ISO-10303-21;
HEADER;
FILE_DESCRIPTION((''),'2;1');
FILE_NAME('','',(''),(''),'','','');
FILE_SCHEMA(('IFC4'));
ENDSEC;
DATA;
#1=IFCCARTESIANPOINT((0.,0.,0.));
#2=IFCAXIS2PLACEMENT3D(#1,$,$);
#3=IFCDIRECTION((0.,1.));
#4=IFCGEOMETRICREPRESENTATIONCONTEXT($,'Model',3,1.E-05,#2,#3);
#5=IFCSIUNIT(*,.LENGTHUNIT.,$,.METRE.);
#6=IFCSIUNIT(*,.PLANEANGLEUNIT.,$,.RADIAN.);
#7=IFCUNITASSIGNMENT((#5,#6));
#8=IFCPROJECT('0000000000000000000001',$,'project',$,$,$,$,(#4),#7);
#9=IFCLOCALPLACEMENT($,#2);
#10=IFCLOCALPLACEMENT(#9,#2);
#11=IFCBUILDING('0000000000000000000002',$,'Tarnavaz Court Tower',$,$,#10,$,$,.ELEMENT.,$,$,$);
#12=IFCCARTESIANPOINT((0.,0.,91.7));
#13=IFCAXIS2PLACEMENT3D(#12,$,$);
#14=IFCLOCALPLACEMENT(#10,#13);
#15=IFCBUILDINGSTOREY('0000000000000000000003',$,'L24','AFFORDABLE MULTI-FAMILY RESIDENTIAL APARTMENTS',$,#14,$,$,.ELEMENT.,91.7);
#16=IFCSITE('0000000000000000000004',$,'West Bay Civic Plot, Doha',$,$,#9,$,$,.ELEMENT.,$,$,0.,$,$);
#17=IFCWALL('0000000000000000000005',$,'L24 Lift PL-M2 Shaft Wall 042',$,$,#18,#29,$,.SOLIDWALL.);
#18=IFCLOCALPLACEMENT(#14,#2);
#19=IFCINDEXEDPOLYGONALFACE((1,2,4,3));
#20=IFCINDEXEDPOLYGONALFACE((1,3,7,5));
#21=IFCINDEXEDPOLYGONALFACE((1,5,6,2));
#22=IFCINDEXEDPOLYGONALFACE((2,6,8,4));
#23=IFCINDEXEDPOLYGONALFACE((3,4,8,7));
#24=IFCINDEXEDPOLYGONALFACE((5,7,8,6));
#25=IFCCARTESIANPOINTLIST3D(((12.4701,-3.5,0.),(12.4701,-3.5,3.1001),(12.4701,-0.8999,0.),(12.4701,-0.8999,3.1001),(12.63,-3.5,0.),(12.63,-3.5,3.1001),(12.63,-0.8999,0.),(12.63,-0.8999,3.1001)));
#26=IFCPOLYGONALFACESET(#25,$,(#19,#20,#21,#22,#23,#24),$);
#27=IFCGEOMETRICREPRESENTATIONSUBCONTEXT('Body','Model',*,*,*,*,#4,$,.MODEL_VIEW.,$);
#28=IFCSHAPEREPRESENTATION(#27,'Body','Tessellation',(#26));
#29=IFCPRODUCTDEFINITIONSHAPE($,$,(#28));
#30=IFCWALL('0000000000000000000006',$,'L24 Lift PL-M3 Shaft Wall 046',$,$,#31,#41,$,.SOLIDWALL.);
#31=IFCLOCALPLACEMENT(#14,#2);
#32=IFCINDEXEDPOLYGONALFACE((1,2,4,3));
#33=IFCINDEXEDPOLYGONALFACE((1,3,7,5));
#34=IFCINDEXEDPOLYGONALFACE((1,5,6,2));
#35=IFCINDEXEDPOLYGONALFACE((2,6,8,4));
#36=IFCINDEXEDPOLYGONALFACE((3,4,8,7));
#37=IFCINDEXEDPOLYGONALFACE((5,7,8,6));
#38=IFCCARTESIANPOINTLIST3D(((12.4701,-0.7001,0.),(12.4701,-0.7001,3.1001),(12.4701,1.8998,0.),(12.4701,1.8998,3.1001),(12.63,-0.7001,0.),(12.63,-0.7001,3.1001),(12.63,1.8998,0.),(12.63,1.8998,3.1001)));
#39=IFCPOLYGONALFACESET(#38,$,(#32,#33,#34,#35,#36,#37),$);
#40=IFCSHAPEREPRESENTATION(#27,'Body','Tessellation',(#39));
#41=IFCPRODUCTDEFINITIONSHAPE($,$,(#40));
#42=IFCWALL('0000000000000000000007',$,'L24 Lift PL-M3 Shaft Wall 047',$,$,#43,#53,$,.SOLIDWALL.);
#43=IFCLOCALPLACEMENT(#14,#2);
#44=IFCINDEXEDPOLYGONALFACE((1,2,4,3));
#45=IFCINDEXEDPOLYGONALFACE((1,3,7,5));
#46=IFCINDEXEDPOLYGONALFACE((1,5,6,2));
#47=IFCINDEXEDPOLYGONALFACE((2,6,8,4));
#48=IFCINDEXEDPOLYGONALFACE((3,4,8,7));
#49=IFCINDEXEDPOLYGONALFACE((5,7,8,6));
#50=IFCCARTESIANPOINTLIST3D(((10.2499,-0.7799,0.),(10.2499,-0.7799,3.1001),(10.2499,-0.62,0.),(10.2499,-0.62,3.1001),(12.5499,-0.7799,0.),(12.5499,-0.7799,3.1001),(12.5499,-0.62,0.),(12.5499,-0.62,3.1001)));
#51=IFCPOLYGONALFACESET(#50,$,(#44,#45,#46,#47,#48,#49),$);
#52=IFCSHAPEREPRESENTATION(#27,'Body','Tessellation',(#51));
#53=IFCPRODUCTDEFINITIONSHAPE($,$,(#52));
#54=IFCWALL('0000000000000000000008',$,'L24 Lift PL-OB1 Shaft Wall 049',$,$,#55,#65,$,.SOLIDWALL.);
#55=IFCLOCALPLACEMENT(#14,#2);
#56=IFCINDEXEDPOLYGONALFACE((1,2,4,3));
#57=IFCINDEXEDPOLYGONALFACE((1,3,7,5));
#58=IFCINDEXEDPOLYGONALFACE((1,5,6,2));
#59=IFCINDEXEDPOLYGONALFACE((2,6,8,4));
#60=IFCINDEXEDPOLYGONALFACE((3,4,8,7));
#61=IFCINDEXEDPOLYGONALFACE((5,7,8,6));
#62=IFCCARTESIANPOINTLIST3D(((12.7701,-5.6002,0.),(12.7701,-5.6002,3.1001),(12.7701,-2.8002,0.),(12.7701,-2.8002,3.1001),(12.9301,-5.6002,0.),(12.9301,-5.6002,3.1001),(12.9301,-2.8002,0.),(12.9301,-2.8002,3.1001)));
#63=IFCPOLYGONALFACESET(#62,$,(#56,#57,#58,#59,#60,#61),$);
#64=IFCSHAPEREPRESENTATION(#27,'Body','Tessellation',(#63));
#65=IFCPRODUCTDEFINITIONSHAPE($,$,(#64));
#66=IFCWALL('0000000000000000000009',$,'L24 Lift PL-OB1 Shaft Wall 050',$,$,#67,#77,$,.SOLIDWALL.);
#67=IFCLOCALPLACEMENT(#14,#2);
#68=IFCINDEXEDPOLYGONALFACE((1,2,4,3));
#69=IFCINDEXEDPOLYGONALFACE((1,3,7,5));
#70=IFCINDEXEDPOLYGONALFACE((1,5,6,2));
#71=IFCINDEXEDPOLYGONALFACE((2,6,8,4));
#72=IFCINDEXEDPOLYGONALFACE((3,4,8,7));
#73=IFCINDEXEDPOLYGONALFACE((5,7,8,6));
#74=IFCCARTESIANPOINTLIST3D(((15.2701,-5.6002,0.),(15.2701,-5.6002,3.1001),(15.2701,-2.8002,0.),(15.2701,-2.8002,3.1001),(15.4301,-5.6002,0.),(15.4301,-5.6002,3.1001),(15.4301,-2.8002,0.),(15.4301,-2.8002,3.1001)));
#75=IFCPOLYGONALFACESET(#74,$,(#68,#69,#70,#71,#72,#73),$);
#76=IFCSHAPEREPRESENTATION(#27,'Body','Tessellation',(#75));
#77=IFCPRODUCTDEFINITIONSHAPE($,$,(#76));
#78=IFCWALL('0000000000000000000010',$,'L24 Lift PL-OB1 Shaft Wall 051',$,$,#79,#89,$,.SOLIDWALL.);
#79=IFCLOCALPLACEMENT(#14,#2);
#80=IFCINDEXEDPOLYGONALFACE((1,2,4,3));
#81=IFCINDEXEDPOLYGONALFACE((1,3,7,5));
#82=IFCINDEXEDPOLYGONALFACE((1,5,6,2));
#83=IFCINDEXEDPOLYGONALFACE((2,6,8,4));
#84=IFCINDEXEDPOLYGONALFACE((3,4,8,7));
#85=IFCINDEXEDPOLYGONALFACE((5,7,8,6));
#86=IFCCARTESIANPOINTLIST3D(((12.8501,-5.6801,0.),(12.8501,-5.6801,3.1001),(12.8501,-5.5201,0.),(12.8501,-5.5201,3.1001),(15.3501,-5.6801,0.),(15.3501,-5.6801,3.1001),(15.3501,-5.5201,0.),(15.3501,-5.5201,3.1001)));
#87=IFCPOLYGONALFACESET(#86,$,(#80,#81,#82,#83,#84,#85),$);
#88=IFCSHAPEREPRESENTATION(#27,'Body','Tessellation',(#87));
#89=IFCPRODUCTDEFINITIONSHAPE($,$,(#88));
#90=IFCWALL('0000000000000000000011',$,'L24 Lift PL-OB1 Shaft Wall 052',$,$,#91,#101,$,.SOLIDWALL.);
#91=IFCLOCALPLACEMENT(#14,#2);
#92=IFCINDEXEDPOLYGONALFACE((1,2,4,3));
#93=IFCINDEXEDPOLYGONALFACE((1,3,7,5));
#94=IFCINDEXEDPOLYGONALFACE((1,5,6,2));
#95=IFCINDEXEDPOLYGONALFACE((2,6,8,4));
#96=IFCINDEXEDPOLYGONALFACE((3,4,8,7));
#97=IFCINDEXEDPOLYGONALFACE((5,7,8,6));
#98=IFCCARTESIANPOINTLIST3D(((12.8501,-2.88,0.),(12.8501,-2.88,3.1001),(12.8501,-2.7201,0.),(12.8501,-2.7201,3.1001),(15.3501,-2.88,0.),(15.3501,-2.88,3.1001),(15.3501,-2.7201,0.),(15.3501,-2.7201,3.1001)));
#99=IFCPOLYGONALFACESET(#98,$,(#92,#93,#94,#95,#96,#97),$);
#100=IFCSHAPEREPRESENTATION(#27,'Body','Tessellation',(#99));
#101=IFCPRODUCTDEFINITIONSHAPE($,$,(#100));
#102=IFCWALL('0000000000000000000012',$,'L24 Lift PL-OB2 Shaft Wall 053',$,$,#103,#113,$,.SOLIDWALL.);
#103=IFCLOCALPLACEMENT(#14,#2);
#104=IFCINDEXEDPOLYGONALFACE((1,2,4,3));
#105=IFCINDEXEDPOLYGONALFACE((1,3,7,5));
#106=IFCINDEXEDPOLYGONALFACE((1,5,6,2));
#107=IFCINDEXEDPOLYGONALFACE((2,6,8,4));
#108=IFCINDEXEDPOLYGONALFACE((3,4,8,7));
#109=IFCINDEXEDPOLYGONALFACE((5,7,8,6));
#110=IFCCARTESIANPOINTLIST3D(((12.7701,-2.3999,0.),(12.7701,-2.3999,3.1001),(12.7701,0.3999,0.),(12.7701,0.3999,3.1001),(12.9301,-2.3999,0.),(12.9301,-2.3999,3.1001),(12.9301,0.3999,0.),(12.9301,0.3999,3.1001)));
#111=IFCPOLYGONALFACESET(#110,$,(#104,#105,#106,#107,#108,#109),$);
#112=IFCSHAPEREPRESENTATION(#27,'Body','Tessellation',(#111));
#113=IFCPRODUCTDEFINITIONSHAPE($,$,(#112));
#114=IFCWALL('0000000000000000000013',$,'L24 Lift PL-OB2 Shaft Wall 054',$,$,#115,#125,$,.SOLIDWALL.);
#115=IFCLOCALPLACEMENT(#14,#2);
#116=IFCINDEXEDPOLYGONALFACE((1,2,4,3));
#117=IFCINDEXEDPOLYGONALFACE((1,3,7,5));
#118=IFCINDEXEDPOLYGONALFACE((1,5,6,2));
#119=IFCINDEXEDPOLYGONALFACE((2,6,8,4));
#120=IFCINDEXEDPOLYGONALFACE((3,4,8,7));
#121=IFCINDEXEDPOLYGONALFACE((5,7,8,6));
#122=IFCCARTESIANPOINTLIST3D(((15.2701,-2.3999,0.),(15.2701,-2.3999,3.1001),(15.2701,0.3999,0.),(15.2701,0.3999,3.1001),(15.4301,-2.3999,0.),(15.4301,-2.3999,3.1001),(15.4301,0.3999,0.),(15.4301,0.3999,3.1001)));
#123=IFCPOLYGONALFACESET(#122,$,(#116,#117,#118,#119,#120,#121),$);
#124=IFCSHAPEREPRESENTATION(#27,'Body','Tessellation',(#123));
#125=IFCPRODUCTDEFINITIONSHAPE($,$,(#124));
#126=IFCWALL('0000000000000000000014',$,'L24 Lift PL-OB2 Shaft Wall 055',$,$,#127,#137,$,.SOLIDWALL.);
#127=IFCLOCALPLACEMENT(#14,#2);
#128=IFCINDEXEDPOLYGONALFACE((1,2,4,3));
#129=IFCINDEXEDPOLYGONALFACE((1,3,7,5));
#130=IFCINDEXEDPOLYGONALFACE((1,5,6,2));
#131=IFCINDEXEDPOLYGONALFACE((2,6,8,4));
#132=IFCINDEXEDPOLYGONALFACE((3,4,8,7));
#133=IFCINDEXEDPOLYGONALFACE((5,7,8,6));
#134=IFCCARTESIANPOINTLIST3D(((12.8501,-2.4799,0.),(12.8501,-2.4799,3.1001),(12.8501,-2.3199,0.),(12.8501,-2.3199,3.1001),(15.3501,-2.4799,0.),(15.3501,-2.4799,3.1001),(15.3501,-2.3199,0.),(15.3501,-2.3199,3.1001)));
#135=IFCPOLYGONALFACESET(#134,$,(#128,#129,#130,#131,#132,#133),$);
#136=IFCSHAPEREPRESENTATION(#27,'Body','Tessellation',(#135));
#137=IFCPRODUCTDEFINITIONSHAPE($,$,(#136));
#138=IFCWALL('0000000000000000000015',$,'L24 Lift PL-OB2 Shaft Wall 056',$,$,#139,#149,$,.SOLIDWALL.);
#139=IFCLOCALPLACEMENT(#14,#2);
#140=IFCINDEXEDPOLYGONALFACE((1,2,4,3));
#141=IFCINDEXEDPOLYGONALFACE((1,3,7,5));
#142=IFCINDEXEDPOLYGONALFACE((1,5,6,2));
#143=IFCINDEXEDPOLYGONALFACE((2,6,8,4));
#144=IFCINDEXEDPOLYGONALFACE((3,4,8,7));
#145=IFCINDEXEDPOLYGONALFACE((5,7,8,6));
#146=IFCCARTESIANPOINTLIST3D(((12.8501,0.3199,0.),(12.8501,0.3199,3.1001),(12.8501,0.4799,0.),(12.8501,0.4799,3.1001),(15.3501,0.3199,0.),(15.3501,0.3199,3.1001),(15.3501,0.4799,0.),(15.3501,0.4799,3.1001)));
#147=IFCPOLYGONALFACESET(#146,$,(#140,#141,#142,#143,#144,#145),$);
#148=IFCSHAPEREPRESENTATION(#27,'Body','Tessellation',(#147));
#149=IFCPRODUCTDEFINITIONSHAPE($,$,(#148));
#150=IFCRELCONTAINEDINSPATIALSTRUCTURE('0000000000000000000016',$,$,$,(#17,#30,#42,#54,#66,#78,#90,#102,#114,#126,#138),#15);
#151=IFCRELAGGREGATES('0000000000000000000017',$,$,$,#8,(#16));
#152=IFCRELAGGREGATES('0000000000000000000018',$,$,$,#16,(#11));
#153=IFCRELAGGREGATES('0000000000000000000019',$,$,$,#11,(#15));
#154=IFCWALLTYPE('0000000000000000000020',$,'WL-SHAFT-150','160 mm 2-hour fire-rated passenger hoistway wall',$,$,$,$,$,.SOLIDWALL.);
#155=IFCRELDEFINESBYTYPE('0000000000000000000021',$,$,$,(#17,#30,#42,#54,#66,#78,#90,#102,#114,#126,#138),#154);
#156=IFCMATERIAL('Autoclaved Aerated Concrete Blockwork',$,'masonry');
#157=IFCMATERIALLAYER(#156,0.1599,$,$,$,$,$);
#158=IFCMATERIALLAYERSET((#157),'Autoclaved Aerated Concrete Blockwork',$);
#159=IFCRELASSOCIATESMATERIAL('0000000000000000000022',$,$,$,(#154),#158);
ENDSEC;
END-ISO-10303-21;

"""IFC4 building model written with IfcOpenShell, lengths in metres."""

from ifc_helpers import new_model, si_unit, direction, frame, frame_2d, origin, place, context, subcontext, project, spatial, rectangle, extrude, material, layer, layer_set, type_object, element, save


model = new_model("IFC4")

# Units and contexts
model_context = context("Model", 3, precision=1e-05, world=origin(), true_north=direction((0.0, 1.0)))
body_context = subcontext(model_context, "Body", "Model", "MODEL_VIEW")
ifc_project = project(units=[si_unit("LENGTHUNIT", "METRE"), si_unit("PLANEANGLEUNIT", "RADIAN")], contexts=[model_context])

# Site, building, storey
site_placement = place(None, origin())
site = spatial("IfcSite", under=ifc_project, at=site_placement, Name="West Bay Civic Plot, Doha", CompositionType="ELEMENT", RefElevation=0.0)
building_placement = place(site_placement, origin())
building = spatial("IfcBuilding", under=site, at=building_placement, Name="Tarnavaz Court Tower", CompositionType="ELEMENT")
storey_placement = place(building_placement, frame((0.0, 0.0, 91.7)))
storey = spatial("IfcBuildingStorey", under=building, at=storey_placement, Name="L24", Description="AFFORDABLE MULTI-FAMILY RESIDENTIAL APARTMENTS", CompositionType="ELEMENT", Elevation=91.7)

# Walls
ifc_material_1 = material(Name="Autoclaved Aerated Concrete Blockwork", Category="masonry")
ifc_layer_1 = layer(ifc_material_1, 0.1599)
ifc_layer_set_1 = layer_set([ifc_layer_1], Name="Autoclaved Aerated Concrete Blockwork")
wall_type_1 = type_object("IfcWallType", Name="WL-SHAFT-150", Description="160 mm 2-hour fire-rated passenger hoistway wall", PredefinedType="SOLIDWALL", material=ifc_layer_set_1)
for number, where, z_axis, x_axis, name in (
    (1, (12.55, -3.5, 0.0), (0.0, 0.0, 1.0), (0.0, 1.0, 0.0), "L24 Lift PL-M2 Shaft Wall 042"),
):
    element("IfcWall", number, at=place(storey_placement, frame(where, z_axis=z_axis, x_axis=x_axis)), inside=storey, type_object=wall_type_1, Name=name, PredefinedType="SOLIDWALL", context=body_context, shape_type="SweptSolid", body=[
        extrude(rectangle(XDim=2.6001, YDim=0.1599, at=frame_2d((1.3, 0.0))), origin(), (0.0, 0.0, 1.0), 3.1001),
    ])
wall_1_placement = place(storey_placement, frame((12.55, -0.7, 0.0), z_axis=(0.0, 0.0, 1.0), x_axis=(0.0, 1.0, 0.0)))
element("IfcWall", 2, at=wall_1_placement, inside=storey, type_object=wall_type_1, Name="L24 Lift PL-M3 Shaft Wall 046", PredefinedType="SOLIDWALL", context=body_context, shape_type="SweptSolid", body=[
    extrude(rectangle(XDim=2.5999, YDim=0.1599, at=frame_2d((1.2998, 0.0))), origin(), (0.0, 0.0, 1.0), 3.1001),
])
wall_2_placement = place(storey_placement, frame((10.25, -0.7, 0.0), z_axis=(0.0, 0.0, 1.0), x_axis=(1.0, 0.0, 0.0)))
element("IfcWall", 3, at=wall_2_placement, inside=storey, type_object=wall_type_1, Name="L24 Lift PL-M3 Shaft Wall 047", PredefinedType="SOLIDWALL", context=body_context, shape_type="SweptSolid", body=[
    extrude(rectangle(XDim=2.3, YDim=0.1599, at=frame_2d((1.1499, 0.0))), origin(), (0.0, 0.0, 1.0), 3.1001),
])
for number, where, z_axis, x_axis, name in (
    (4, (12.8501, -5.6001, 0.0), (0.0, 0.0, 1.0), (0.0, 1.0, 0.0), "L24 Lift PL-OB1 Shaft Wall 049"),
    (5, (15.3501, -5.6001, 0.0), (0.0, 0.0, 1.0), (0.0, 1.0, 0.0), "L24 Lift PL-OB1 Shaft Wall 050"),
):
    element("IfcWall", number, at=place(storey_placement, frame(where, z_axis=z_axis, x_axis=x_axis)), inside=storey, type_object=wall_type_1, Name=name, PredefinedType="SOLIDWALL", context=body_context, shape_type="SweptSolid", body=[
        extrude(rectangle(XDim=2.8, YDim=0.1599, at=frame_2d((1.3999, 0.0))), origin(), (0.0, 0.0, 1.0), 3.1001),
    ])
for number, where, z_axis, x_axis, name in (
    (6, (12.8501, -5.6001, 0.0), (0.0, 0.0, 1.0), (1.0, 0.0, 0.0), "L24 Lift PL-OB1 Shaft Wall 051"),
    (7, (12.8501, -2.8, 0.0), (0.0, 0.0, 1.0), (1.0, 0.0, 0.0), "L24 Lift PL-OB1 Shaft Wall 052"),
):
    element("IfcWall", number, at=place(storey_placement, frame(where, z_axis=z_axis, x_axis=x_axis)), inside=storey, type_object=wall_type_1, Name=name, PredefinedType="SOLIDWALL", context=body_context, shape_type="SweptSolid", body=[
        extrude(rectangle(XDim=2.5, YDim=0.1599, at=frame_2d((1.25, 0.0))), origin(), (0.0, 0.0, 1.0), 3.1001),
    ])
for number, where, z_axis, x_axis, name in (
    (8, (12.8501, -2.3999, 0.0), (0.0, 0.0, 1.0), (0.0, 1.0, 0.0), "L24 Lift PL-OB2 Shaft Wall 053"),
    (9, (15.3501, -2.3999, 0.0), (0.0, 0.0, 1.0), (0.0, 1.0, 0.0), "L24 Lift PL-OB2 Shaft Wall 054"),
):
    element("IfcWall", number, at=place(storey_placement, frame(where, z_axis=z_axis, x_axis=x_axis)), inside=storey, type_object=wall_type_1, Name=name, PredefinedType="SOLIDWALL", context=body_context, shape_type="SweptSolid", body=[
        extrude(rectangle(XDim=2.7998, YDim=0.1599, at=frame_2d((1.3999, 0.0))), origin(), (0.0, 0.0, 1.0), 3.1001),
    ])
for number, where, z_axis, x_axis, name in (
    (10, (12.8501, -2.3999, 0.0), (0.0, 0.0, 1.0), (1.0, 0.0, 0.0), "L24 Lift PL-OB2 Shaft Wall 055"),
    (11, (12.8501, 0.3999, 0.0), (0.0, 0.0, 1.0), (1.0, 0.0, 0.0), "L24 Lift PL-OB2 Shaft Wall 056"),
):
    element("IfcWall", number, at=place(storey_placement, frame(where, z_axis=z_axis, x_axis=x_axis)), inside=storey, type_object=wall_type_1, Name=name, PredefinedType="SOLIDWALL", context=body_context, shape_type="SweptSolid", body=[
        extrude(rectangle(XDim=2.5, YDim=0.1599, at=frame_2d((1.25, 0.0))), origin(), (0.0, 0.0, 1.0), 3.1001),
    ])

save(model, "model.ifc")
